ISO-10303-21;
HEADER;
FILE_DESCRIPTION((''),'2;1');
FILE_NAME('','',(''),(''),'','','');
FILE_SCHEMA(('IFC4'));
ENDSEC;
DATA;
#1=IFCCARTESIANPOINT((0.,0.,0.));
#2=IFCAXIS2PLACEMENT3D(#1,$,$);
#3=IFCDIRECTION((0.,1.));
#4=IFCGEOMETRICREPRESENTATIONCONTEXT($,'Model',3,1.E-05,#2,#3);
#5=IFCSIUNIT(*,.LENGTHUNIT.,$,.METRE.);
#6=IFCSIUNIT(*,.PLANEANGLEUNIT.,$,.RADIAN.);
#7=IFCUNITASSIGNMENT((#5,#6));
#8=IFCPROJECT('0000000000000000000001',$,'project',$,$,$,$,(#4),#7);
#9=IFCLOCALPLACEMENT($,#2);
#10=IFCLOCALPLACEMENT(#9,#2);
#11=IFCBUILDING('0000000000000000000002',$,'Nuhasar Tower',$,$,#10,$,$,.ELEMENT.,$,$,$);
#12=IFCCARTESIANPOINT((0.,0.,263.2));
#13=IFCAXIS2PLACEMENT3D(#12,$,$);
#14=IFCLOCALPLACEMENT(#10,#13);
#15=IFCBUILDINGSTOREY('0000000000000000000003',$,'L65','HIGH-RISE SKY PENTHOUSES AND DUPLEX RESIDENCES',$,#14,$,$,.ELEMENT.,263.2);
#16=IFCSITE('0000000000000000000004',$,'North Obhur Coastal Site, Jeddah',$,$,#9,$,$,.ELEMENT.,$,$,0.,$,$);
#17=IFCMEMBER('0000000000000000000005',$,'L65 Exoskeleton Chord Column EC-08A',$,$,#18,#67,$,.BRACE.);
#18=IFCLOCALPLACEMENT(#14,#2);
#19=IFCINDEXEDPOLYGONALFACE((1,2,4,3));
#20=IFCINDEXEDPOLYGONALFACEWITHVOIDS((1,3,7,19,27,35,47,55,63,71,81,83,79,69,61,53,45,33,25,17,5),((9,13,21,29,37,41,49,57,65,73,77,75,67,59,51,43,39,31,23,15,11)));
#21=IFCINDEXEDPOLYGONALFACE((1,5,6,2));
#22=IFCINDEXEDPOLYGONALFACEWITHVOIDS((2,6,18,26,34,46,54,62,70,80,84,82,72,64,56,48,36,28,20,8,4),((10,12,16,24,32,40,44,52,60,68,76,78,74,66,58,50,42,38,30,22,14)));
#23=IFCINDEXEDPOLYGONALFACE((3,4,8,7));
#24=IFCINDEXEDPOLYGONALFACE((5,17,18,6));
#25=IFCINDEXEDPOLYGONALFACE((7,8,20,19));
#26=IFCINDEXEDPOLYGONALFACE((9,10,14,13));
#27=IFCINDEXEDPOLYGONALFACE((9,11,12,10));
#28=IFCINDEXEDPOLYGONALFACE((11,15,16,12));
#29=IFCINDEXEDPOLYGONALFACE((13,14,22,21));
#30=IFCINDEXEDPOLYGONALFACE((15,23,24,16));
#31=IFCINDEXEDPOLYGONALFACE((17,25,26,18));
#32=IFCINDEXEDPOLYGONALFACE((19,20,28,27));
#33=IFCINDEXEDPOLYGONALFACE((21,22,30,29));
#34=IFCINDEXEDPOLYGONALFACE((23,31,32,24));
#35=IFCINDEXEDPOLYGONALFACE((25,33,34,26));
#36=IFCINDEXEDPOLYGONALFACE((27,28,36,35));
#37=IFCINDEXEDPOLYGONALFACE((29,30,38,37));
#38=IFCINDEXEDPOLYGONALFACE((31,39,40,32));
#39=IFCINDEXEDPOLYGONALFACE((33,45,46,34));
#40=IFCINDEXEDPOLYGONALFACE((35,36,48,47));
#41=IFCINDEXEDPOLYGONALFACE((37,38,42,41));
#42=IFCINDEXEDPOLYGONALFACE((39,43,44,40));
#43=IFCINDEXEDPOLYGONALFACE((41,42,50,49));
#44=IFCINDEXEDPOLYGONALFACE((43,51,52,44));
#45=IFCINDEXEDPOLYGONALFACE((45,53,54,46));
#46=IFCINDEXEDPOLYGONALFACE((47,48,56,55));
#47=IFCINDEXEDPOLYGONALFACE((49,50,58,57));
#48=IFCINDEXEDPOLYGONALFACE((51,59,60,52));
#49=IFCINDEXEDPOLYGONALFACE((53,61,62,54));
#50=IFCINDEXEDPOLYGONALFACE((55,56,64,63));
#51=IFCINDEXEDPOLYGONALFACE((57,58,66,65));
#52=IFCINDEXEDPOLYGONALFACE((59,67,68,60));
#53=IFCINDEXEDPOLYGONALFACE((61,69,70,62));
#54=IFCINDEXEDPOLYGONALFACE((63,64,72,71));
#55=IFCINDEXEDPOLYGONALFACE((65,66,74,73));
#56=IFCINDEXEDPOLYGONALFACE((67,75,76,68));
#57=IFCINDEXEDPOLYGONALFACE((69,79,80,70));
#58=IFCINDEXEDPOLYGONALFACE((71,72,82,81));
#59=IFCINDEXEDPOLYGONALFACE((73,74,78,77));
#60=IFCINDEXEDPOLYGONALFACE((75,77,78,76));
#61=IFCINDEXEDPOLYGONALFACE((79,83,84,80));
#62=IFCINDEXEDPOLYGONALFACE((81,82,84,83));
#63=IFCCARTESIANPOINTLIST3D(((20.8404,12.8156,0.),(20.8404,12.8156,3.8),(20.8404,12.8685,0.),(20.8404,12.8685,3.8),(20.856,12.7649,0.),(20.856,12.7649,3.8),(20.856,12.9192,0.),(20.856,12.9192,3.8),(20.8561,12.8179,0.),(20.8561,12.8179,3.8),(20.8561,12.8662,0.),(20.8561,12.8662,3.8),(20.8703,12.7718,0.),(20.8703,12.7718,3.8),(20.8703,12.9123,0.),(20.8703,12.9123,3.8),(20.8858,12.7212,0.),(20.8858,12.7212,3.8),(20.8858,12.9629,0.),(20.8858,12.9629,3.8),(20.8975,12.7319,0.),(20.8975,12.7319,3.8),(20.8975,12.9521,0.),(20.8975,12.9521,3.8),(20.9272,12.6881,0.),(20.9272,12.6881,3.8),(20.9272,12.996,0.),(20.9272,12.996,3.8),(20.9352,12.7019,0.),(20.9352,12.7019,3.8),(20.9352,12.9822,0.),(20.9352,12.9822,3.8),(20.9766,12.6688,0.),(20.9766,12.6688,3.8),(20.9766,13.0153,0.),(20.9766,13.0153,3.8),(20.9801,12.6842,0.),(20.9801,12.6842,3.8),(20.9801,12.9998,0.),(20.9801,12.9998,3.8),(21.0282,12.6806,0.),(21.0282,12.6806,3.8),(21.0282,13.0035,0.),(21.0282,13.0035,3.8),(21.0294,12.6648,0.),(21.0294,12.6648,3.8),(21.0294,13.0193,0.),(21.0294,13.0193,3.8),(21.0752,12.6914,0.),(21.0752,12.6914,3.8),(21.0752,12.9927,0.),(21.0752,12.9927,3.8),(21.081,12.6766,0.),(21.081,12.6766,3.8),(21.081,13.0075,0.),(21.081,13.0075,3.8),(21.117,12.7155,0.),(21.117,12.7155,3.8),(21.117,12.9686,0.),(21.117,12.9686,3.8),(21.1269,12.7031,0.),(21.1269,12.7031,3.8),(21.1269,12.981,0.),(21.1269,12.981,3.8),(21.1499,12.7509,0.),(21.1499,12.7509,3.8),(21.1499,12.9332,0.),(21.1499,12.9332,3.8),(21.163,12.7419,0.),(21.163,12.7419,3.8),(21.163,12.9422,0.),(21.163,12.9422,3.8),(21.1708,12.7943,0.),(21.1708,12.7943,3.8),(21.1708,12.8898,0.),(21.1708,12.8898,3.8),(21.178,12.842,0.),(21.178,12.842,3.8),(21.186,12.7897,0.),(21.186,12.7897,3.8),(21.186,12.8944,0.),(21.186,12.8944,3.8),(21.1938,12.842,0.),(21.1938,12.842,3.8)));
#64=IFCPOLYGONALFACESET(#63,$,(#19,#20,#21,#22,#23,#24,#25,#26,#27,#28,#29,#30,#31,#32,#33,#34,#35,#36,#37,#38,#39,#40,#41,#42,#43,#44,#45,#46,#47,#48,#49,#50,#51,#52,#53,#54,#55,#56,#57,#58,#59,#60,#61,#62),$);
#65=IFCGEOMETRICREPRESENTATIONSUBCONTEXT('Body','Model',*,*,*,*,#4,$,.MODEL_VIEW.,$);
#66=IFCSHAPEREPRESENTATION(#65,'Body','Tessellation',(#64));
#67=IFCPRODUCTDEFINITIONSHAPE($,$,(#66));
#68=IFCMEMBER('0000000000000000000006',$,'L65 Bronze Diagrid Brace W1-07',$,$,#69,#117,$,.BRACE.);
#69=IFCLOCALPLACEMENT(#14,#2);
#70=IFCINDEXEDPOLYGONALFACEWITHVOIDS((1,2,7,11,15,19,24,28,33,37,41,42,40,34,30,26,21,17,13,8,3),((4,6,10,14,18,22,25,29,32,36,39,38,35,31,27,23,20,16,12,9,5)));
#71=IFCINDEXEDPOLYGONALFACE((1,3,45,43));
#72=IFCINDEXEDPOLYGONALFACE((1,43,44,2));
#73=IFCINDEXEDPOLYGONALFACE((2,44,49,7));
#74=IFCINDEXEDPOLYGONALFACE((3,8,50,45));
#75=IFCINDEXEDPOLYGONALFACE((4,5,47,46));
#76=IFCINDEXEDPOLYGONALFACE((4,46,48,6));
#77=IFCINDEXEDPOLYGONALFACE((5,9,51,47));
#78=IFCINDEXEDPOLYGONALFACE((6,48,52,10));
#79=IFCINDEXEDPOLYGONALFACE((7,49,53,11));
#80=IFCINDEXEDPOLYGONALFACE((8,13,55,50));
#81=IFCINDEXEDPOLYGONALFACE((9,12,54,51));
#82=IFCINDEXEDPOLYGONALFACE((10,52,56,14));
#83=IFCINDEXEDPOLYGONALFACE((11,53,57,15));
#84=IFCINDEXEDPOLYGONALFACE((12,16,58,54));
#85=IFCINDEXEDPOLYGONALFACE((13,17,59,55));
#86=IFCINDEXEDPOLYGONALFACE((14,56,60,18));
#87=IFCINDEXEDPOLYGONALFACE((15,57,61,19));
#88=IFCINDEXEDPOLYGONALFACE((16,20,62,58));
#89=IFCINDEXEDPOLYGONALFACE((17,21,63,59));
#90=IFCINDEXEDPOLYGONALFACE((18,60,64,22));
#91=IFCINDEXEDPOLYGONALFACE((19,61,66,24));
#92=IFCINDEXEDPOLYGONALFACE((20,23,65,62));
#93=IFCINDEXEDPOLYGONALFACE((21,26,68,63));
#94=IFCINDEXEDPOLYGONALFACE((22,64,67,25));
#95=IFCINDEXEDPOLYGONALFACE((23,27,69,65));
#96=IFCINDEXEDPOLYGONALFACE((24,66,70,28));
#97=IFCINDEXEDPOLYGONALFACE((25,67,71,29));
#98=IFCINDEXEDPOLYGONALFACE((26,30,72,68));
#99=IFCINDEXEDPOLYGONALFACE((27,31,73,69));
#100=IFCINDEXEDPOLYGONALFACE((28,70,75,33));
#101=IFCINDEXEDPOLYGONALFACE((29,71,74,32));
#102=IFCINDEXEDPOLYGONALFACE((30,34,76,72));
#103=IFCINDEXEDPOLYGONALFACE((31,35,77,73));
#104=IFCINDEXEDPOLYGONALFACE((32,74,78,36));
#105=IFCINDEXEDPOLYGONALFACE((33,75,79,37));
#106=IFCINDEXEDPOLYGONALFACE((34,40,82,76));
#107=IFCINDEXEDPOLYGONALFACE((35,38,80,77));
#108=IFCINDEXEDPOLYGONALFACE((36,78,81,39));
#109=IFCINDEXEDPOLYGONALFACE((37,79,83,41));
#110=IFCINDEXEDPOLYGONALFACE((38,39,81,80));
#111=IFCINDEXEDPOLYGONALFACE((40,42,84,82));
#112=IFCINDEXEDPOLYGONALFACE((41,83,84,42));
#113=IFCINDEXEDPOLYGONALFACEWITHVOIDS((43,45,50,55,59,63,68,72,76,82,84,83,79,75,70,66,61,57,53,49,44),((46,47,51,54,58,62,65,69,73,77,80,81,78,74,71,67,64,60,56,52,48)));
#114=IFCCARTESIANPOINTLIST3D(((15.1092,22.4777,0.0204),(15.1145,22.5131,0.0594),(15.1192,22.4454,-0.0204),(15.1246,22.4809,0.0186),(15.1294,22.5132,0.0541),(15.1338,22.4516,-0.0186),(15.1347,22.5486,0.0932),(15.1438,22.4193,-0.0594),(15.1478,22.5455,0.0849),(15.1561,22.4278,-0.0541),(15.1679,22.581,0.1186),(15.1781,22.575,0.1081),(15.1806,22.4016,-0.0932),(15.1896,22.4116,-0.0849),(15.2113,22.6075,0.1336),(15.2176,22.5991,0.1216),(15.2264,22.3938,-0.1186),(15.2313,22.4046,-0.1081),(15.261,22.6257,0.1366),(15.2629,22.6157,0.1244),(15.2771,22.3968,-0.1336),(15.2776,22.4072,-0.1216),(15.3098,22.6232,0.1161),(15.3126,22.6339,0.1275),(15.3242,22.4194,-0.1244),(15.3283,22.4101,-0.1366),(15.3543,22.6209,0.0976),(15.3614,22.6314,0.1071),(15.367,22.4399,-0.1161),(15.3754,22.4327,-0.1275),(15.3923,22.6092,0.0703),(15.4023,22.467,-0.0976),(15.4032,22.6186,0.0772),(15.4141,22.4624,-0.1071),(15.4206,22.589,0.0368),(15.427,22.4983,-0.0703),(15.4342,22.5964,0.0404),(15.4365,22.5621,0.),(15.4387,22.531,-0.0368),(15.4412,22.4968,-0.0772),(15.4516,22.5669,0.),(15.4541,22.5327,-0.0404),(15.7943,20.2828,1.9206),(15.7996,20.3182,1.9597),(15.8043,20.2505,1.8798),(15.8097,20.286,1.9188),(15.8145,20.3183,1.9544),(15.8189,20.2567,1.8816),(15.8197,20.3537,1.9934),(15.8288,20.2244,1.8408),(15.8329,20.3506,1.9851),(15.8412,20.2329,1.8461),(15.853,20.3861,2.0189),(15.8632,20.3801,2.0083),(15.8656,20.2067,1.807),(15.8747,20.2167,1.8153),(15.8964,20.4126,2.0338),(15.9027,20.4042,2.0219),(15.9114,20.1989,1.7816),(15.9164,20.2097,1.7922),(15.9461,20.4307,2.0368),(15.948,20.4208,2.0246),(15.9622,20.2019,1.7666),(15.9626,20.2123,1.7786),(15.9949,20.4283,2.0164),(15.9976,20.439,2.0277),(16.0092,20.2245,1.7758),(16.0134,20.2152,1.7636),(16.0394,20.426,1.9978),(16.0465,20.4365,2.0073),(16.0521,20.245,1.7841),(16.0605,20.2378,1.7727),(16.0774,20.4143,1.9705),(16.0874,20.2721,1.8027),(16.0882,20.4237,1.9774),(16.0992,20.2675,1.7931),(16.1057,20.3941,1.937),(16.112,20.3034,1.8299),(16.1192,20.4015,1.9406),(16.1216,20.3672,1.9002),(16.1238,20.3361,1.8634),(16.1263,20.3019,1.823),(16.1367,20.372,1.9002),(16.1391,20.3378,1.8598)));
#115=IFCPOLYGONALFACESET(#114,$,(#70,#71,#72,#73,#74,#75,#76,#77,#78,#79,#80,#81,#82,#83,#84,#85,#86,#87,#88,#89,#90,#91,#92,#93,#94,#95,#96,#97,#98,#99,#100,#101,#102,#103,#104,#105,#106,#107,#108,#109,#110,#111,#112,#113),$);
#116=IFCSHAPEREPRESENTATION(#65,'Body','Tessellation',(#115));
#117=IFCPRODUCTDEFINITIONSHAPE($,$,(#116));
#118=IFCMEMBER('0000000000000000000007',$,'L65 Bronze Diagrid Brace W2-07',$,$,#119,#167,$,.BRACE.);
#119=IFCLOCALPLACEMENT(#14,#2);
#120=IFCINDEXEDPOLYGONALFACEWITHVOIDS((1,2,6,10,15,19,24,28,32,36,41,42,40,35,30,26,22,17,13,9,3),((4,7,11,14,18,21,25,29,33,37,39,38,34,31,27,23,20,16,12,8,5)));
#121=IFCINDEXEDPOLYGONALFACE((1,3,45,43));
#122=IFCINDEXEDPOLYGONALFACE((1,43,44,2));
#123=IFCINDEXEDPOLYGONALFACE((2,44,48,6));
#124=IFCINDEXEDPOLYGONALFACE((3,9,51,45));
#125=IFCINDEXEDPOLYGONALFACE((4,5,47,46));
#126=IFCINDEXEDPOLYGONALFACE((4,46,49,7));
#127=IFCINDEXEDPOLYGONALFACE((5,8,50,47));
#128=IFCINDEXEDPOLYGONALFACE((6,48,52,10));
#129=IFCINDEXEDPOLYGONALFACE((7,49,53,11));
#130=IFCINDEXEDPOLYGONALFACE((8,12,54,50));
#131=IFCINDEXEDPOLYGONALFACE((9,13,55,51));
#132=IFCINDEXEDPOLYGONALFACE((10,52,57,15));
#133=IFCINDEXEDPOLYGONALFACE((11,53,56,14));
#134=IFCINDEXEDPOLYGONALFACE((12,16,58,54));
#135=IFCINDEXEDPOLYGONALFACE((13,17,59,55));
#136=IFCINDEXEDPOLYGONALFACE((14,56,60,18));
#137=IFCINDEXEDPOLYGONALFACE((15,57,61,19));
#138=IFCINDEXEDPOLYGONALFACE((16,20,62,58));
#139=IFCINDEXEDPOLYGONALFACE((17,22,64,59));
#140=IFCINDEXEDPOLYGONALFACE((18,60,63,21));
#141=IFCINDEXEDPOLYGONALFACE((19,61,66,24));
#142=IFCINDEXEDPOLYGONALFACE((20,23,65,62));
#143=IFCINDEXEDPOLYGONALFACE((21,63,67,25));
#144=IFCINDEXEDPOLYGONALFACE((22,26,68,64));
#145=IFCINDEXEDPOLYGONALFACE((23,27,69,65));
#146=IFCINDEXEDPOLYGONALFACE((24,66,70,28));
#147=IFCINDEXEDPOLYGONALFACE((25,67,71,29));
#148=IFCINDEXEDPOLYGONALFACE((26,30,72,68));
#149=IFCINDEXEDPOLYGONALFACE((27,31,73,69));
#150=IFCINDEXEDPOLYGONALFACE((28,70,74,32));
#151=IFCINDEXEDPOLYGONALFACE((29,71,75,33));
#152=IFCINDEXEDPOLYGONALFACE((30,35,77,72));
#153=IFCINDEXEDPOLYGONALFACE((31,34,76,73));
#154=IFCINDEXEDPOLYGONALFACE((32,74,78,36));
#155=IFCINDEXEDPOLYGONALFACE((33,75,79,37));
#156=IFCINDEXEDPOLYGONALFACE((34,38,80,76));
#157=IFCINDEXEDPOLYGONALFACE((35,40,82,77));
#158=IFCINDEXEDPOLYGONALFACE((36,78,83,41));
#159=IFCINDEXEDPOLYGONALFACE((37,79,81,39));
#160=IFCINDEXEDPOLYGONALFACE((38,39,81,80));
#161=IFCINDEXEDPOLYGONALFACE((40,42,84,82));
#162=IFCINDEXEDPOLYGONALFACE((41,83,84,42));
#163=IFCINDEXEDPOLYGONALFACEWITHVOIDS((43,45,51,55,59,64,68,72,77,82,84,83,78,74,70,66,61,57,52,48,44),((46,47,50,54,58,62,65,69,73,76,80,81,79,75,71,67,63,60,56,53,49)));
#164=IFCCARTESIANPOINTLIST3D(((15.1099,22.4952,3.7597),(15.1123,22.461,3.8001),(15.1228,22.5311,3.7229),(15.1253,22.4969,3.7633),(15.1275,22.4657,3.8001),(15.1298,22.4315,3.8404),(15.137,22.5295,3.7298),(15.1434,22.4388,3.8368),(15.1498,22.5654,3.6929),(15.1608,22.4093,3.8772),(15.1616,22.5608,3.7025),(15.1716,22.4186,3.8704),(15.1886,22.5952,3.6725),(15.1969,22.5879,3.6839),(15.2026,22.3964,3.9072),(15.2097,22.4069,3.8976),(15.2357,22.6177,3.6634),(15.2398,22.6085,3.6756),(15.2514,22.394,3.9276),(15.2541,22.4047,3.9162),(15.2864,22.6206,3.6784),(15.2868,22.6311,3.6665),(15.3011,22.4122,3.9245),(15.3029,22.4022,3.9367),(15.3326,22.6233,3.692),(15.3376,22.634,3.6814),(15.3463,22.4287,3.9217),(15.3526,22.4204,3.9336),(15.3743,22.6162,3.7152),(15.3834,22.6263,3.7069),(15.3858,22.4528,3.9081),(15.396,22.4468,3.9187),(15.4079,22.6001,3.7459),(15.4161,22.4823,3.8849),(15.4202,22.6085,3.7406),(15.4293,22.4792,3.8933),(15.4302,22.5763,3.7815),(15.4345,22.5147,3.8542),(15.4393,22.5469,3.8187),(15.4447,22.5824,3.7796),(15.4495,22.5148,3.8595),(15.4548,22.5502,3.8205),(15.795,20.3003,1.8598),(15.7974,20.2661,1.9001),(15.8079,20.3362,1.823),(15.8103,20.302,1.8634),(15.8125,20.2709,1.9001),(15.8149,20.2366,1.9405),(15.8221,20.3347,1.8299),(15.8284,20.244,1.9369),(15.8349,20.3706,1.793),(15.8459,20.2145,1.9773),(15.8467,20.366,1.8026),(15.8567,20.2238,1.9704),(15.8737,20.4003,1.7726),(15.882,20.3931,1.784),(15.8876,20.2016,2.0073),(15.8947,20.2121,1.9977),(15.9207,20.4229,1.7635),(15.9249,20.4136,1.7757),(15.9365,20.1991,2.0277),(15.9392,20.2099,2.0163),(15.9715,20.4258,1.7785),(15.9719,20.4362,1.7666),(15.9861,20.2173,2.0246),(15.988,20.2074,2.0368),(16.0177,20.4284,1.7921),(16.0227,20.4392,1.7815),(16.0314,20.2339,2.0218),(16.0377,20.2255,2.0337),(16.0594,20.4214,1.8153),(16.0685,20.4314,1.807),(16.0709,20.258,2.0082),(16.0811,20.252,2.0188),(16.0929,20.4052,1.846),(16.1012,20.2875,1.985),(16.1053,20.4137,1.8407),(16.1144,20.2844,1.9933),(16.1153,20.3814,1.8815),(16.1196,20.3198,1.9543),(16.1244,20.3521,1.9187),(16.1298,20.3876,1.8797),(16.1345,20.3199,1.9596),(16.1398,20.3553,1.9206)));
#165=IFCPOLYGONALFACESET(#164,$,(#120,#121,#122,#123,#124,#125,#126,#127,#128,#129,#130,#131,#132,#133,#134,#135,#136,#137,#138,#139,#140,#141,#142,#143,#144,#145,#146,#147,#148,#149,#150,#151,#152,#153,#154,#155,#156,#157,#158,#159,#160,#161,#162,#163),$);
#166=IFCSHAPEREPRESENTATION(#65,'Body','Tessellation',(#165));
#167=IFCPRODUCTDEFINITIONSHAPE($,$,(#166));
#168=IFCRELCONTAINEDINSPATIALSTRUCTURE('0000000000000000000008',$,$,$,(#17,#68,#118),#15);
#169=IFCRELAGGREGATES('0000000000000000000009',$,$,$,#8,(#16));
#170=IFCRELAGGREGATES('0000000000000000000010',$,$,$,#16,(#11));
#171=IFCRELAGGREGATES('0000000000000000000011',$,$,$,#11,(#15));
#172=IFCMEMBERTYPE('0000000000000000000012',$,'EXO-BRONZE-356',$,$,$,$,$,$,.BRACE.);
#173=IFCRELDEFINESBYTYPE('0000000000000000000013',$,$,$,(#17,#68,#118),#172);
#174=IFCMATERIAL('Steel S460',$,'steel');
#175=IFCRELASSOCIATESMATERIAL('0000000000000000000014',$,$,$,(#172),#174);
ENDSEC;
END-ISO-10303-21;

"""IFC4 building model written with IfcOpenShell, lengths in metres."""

from ifc_helpers import new_model, si_unit, direction, frame, origin, origin_2d, place, context, subcontext, project, spatial, hollow_circle, extrude, material, material_profile, profile_set, type_object, element, save


model = new_model("IFC4")

# Units and contexts
model_context = context("Model", 3, precision=1e-05, world=origin(), true_north=direction((0.0, 1.0)))
body_context = subcontext(model_context, "Body", "Model", "MODEL_VIEW")
ifc_project = project(units=[si_unit("LENGTHUNIT", "METRE"), si_unit("PLANEANGLEUNIT", "RADIAN")], contexts=[model_context])

# Site, building, storey
site_placement = place(None, origin())
site = spatial("IfcSite", under=ifc_project, at=site_placement, Name="North Obhur Coastal Site, Jeddah", CompositionType="ELEMENT", RefElevation=0.0)
building_placement = place(site_placement, origin())
building = spatial("IfcBuilding", under=site, at=building_placement, Name="Nuhasar Tower", CompositionType="ELEMENT")
storey_placement = place(building_placement, frame((0.0, 0.0, 263.2)))
storey = spatial("IfcBuildingStorey", under=building, at=storey_placement, Name="L65", Description="HIGH-RISE SKY PENTHOUSES AND DUPLEX RESIDENCES", CompositionType="ELEMENT", Elevation=263.2)

# Members
ifc_material_1 = material(Name="Steel S460", Category="steel")
ifc_material_profile_1 = material_profile(ifc_material_1, hollow_circle(Radius=0.1777, WallThickness=0.0159, at=origin_2d()), Name="HSS355.6X15.9")
ifc_profile_set_1 = profile_set([ifc_material_profile_1], Name="Steel S460")
member_type_1 = type_object("IfcMemberType", Name="EXO-BRONZE-356", PredefinedType="BRACE", material=ifc_profile_set_1)
for number, where, z_axis, x_axis, name in (
    (1, (21.0161, 12.842, 0.0), (0.0, 0.0, 1.0), (1.0, 0.0, 0.0), "L65 Exoskeleton Chord Column EC-08A"),
):
    element("IfcMember", number, at=place(storey_placement, frame(where, z_axis=z_axis, x_axis=x_axis)), inside=storey, type_object=member_type_1, Name=name, PredefinedType="BRACE", context=body_context, shape_type="SweptSolid", body=[
        extrude(hollow_circle(Radius=0.1777, WallThickness=0.0159, at=origin_2d()), origin(), (0.0, 0.0, 1.0), 3.8),
    ])
member_1_placement = place(storey_placement, frame((15.282, 22.5139, 0.0), z_axis=(0.229669, -0.735826, 0.637034), x_axis=(0.954582, 0.297948, 0.0)))
element("IfcMember", 2, at=member_1_placement, inside=storey, type_object=member_type_1, Name="L65 Bronze Diagrid Brace W1-07", PredefinedType="BRACE", context=body_context, shape_type="SweptSolid", body=[
    extrude(hollow_circle(Radius=0.1777, WallThickness=0.0159, at=origin_2d()), origin(), (0.0, 0.0, 1.0), 2.9829),
])
member_2_placement = place(storey_placement, frame((15.967, 20.3191, 1.9001), z_axis=(-0.229681, 0.735864, 0.636985), x_axis=(-0.954582, -0.297948, 0.0)))
element("IfcMember", 3, at=member_2_placement, inside=storey, type_object=member_type_1, Name="L65 Bronze Diagrid Brace W2-07", PredefinedType="BRACE", context=body_context, shape_type="SweptSolid", body=[
    extrude(hollow_circle(Radius=0.1777, WallThickness=0.0159, at=origin_2d()), origin(), (0.0, 0.0, 1.0), 2.9827),
])

save(model, "model.ifc")
